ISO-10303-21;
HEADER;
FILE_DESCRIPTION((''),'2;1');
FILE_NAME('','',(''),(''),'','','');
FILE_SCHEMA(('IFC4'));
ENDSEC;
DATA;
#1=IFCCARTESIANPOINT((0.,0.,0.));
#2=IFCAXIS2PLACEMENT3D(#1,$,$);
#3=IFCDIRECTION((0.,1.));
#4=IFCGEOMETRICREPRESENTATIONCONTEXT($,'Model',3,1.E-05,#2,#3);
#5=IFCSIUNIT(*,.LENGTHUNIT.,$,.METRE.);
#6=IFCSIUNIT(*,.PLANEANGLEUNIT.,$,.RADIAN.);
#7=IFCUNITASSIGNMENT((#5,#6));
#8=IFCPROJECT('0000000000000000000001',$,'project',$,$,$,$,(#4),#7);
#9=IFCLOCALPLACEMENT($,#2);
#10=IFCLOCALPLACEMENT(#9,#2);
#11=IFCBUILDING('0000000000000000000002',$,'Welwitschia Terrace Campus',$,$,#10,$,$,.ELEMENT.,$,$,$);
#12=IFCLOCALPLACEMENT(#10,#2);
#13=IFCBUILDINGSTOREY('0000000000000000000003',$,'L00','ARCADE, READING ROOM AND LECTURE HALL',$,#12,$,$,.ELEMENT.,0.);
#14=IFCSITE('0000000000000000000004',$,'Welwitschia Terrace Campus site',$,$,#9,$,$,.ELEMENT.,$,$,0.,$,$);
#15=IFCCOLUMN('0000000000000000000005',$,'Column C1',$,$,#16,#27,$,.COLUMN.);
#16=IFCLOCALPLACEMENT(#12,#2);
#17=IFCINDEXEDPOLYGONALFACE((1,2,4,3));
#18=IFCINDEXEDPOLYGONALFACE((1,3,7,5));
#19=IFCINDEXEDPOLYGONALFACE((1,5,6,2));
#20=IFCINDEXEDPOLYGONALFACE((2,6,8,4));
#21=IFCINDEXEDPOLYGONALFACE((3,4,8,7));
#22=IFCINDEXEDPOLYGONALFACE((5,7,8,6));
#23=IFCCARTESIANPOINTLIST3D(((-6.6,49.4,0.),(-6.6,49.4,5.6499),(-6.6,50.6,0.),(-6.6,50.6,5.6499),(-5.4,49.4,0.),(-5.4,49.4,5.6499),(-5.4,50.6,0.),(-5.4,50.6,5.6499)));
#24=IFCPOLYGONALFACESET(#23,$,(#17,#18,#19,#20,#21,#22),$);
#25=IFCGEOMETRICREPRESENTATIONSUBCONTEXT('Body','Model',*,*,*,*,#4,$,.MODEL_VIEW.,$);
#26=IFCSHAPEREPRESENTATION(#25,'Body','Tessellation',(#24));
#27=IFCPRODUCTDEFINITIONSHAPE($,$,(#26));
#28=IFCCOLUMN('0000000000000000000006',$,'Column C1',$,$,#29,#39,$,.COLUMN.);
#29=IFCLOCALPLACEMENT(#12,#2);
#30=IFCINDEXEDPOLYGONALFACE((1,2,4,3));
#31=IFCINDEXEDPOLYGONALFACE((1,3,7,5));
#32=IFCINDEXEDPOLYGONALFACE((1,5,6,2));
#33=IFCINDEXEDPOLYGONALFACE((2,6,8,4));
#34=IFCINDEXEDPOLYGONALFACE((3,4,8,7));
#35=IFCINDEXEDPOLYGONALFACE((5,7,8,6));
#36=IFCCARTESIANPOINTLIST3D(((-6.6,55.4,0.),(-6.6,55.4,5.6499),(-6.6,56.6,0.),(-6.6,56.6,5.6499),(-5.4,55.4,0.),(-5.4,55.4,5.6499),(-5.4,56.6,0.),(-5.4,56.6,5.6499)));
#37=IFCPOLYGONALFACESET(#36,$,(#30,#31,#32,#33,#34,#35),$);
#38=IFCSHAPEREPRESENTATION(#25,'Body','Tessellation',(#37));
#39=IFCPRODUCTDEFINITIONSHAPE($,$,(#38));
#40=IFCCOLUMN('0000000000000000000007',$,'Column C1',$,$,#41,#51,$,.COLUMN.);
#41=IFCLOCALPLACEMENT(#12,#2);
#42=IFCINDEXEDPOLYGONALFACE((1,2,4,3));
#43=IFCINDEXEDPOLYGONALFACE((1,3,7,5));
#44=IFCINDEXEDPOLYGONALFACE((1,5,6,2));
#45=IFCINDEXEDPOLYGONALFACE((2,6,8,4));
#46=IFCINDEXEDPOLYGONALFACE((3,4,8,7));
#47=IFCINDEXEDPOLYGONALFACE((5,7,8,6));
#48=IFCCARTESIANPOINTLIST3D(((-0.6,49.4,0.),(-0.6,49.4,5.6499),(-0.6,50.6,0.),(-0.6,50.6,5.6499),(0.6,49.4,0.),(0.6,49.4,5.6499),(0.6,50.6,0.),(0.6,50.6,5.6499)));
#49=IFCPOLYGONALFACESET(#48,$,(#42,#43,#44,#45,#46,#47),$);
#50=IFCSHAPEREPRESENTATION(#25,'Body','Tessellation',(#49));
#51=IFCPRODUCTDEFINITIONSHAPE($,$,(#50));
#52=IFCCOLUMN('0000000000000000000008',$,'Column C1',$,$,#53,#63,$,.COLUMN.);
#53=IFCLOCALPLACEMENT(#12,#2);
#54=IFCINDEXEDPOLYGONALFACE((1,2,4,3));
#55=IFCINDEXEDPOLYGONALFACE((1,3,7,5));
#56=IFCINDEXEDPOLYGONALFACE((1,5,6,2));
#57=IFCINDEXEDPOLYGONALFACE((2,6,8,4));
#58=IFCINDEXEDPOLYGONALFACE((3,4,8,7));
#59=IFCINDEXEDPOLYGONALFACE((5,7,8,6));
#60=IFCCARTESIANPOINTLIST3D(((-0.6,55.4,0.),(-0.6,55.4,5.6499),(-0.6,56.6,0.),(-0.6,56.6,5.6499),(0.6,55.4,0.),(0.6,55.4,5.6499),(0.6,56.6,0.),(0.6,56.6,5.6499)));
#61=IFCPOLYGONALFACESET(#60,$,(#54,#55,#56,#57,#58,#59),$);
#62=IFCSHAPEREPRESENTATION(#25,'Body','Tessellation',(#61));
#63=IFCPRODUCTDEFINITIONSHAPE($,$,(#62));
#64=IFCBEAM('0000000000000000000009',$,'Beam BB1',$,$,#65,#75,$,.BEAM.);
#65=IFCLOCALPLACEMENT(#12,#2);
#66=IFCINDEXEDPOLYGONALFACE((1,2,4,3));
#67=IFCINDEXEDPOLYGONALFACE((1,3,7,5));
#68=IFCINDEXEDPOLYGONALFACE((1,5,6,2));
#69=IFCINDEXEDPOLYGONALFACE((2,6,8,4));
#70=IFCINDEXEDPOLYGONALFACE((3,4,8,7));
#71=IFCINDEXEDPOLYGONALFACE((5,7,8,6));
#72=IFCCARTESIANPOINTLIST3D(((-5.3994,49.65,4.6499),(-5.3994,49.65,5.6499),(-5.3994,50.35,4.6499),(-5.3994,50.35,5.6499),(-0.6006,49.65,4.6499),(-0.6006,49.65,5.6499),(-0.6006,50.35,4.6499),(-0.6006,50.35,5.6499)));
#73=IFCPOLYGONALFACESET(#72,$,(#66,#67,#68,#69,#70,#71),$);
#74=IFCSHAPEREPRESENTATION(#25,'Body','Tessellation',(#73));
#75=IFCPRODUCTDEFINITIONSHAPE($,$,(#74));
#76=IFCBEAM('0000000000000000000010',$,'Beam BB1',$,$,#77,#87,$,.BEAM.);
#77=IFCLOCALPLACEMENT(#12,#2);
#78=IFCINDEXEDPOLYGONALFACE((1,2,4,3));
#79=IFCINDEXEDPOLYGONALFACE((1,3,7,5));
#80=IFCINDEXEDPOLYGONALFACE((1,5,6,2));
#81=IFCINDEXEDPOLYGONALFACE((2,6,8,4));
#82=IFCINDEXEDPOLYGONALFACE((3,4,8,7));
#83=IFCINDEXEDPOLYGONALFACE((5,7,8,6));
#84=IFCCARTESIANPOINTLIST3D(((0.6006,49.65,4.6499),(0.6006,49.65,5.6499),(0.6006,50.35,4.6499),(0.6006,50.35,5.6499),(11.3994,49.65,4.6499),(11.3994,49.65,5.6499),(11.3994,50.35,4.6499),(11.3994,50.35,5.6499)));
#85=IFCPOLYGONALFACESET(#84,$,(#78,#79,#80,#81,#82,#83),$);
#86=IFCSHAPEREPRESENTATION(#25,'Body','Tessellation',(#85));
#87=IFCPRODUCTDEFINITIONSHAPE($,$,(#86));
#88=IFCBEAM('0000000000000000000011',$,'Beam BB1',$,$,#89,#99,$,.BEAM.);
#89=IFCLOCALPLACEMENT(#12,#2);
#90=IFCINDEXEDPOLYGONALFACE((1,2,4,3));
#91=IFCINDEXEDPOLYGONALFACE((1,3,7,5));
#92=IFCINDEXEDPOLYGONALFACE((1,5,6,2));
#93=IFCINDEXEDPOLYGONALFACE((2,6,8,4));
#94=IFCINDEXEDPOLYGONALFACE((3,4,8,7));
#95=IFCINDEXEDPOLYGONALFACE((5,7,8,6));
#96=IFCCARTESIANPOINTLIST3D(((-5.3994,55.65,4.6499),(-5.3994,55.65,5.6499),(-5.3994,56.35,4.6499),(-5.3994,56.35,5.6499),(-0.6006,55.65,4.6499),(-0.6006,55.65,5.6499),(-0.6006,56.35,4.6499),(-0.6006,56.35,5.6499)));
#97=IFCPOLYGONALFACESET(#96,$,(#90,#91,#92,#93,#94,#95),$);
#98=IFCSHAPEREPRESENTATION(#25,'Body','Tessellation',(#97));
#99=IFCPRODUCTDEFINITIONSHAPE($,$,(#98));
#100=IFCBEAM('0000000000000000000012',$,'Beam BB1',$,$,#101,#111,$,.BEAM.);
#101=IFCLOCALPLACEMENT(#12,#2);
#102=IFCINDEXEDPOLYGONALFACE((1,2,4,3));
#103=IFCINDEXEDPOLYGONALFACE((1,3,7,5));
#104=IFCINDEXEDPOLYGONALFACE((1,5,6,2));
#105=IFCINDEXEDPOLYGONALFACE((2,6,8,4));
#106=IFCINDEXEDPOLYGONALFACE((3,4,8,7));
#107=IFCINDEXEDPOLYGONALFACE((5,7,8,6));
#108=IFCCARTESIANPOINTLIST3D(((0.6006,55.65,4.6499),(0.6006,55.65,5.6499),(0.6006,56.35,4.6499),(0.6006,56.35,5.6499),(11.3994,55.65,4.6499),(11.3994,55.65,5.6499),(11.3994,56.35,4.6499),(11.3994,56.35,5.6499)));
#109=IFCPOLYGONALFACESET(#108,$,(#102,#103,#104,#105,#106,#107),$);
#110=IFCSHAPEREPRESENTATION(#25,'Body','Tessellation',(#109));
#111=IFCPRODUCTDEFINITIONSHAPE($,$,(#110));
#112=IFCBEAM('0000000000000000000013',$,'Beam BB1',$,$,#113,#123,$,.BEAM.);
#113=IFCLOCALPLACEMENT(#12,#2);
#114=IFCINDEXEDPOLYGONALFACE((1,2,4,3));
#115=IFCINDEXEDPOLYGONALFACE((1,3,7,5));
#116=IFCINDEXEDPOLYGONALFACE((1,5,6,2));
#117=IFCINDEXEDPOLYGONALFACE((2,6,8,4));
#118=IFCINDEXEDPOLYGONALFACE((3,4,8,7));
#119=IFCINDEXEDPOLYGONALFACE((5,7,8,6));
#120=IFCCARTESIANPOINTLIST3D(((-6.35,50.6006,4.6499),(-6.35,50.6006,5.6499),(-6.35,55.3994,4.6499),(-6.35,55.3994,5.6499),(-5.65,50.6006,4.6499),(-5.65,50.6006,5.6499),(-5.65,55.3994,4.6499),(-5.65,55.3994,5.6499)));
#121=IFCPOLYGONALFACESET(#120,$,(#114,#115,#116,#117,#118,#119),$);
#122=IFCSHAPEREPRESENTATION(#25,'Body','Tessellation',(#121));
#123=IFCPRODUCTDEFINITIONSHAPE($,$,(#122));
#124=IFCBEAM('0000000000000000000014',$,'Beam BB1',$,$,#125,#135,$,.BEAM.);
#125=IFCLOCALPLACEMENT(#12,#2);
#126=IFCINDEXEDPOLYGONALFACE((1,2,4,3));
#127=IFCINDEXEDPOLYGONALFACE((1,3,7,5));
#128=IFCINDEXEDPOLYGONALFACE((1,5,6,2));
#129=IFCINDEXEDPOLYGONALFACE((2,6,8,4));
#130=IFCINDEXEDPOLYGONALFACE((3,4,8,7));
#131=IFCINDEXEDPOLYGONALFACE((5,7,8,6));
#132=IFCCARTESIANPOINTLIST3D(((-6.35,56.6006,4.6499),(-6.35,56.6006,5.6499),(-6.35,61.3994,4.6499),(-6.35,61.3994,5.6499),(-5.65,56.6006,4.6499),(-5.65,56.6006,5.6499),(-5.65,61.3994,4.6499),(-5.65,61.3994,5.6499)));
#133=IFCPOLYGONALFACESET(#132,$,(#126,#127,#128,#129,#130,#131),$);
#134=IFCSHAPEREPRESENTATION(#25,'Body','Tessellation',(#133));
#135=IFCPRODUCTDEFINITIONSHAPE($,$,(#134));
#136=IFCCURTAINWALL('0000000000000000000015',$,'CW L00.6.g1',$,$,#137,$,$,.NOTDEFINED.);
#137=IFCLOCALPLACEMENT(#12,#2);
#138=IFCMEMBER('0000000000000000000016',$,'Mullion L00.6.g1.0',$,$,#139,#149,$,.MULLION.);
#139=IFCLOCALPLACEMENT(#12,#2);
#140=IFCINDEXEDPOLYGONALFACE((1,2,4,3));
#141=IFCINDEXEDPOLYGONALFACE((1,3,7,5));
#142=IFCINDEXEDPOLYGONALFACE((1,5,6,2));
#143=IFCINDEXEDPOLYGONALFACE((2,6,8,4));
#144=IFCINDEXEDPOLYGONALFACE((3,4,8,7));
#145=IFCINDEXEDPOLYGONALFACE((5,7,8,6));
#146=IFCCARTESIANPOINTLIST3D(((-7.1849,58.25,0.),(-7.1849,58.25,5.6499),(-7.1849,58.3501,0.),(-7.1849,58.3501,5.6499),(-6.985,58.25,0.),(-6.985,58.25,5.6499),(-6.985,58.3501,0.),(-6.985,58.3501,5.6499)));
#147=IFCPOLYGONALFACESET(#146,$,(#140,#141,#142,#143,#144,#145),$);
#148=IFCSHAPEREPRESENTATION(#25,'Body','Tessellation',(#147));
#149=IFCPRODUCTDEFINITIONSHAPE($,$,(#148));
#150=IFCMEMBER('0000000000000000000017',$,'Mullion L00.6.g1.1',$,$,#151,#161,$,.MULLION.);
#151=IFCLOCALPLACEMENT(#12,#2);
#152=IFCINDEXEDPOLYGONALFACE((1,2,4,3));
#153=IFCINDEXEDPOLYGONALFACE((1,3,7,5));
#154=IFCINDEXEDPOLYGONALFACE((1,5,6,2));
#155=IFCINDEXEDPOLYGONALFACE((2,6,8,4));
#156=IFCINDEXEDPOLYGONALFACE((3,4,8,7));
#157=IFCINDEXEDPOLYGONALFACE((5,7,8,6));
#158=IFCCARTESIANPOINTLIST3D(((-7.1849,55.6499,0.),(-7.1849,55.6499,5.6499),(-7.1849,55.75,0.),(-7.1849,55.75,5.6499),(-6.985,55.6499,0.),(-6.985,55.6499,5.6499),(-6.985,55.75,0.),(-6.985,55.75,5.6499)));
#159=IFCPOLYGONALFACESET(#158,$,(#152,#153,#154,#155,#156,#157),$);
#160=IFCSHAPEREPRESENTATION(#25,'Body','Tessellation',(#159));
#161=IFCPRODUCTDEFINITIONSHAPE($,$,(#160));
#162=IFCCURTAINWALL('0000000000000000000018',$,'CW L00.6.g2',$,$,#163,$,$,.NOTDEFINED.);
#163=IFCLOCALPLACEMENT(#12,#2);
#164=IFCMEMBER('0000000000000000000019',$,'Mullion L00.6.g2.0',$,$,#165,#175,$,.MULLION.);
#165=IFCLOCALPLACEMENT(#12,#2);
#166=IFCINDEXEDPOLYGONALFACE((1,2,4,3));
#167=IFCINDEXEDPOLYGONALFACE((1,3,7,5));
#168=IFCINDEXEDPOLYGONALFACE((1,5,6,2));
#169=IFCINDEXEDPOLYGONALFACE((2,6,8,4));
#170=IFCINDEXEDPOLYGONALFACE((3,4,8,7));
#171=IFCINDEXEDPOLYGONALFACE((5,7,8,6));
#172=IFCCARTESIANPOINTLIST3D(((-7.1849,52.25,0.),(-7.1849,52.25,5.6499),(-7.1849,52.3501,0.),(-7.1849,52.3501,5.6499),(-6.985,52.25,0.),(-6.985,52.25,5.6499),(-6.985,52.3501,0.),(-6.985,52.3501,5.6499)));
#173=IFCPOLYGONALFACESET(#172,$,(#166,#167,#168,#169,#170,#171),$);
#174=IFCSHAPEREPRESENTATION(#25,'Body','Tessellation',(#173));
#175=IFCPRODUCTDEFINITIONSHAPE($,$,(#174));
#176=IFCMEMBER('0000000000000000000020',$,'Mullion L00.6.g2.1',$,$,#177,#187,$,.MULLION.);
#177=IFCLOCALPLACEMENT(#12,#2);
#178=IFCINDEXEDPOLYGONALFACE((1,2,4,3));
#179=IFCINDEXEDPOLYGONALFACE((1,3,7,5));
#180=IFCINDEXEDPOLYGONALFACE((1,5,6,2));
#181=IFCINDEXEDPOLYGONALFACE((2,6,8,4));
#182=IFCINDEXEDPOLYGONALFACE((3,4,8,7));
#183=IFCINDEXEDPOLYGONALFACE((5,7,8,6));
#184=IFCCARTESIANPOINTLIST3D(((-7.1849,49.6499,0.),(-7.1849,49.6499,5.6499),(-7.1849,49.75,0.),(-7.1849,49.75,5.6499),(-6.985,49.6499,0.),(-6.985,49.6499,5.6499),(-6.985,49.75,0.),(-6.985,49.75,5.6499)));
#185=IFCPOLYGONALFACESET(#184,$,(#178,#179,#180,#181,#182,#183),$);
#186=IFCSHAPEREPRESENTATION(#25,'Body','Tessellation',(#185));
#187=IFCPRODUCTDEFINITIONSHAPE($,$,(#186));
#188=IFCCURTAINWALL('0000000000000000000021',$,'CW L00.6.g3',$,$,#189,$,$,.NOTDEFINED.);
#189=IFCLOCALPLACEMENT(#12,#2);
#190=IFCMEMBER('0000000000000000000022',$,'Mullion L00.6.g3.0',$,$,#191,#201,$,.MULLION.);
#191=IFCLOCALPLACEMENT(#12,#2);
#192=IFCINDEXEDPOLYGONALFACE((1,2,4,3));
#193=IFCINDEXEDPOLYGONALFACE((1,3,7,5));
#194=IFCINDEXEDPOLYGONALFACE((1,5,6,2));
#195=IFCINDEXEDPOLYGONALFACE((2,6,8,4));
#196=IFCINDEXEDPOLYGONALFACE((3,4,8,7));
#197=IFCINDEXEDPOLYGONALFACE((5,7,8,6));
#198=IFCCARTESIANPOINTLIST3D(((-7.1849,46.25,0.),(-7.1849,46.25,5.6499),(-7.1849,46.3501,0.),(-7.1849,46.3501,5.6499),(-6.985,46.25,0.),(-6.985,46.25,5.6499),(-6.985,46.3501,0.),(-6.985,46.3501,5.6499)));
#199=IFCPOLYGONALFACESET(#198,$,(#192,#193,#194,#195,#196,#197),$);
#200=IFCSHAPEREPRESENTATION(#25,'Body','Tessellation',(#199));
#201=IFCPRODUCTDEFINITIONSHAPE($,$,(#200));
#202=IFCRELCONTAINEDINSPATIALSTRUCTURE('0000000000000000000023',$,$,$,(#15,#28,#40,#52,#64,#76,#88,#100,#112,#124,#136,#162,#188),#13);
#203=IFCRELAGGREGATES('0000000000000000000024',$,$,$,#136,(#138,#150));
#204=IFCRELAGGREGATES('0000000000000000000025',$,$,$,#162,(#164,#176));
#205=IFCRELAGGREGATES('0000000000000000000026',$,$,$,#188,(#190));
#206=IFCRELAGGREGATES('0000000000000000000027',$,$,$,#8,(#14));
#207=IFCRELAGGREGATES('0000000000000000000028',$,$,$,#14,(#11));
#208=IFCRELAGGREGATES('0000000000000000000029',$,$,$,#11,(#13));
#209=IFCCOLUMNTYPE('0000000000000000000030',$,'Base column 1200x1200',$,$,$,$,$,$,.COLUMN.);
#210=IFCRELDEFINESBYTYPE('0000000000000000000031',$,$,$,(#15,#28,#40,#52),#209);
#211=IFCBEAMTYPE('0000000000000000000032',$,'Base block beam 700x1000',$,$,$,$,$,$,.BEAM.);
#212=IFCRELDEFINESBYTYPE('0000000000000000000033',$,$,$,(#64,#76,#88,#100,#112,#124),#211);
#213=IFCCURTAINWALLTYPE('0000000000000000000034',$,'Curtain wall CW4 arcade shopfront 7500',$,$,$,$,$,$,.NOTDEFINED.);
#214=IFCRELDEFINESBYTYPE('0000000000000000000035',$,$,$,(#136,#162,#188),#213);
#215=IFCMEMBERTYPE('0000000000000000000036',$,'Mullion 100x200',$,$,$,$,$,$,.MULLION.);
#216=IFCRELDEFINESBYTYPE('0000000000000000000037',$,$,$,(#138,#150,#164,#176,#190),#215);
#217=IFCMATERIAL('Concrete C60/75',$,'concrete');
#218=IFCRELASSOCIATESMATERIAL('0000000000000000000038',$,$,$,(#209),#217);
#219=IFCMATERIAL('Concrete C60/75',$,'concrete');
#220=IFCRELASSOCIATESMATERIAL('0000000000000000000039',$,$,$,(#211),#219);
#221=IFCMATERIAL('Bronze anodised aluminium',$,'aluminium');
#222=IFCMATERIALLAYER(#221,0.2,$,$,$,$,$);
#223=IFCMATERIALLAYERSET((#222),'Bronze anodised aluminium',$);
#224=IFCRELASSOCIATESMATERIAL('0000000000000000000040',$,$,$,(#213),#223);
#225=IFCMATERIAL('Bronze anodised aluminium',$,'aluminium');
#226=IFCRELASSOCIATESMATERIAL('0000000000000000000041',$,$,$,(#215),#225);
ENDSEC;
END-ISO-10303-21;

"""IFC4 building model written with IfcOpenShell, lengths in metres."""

from ifc_helpers import new_model, si_unit, direction, frame, origin, origin_2d, place, context, subcontext, project, spatial, rectangle, extrude, material, layer, layer_set, material_profile, profile_set, type_object, element, aggregate, save


model = new_model("IFC4")

# Units and contexts
model_context = context("Model", 3, precision=1e-05, world=origin(), true_north=direction((0.0, 1.0)))
body_context = subcontext(model_context, "Body", "Model", "MODEL_VIEW")
ifc_project = project(units=[si_unit("LENGTHUNIT", "METRE"), si_unit("PLANEANGLEUNIT", "RADIAN")], contexts=[model_context])

# Site, building, storey
site_placement = place(None, origin())
site = spatial("IfcSite", under=ifc_project, at=site_placement, Name="Welwitschia Terrace Campus site", CompositionType="ELEMENT", RefElevation=0.0)
building_placement = place(site_placement, origin())
building = spatial("IfcBuilding", under=site, at=building_placement, Name="Welwitschia Terrace Campus", CompositionType="ELEMENT")
storey_placement = place(building_placement, origin())
storey = spatial("IfcBuildingStorey", under=building, at=storey_placement, Name="L00", Description="ARCADE, READING ROOM AND LECTURE HALL", CompositionType="ELEMENT", Elevation=0.0)

# Columns
ifc_material_1 = material(Name="Concrete C60/75", Category="concrete")
ifc_material_profile_1 = material_profile(ifc_material_1, rectangle(XDim=1.2, YDim=1.2, at=origin_2d()))
ifc_profile_set_1 = profile_set([ifc_material_profile_1], Name="Concrete C60/75")
column_type = type_object("IfcColumnType", Name="Base column 1200x1200", PredefinedType="COLUMN", material=ifc_profile_set_1)
for number, where, z_axis, x_axis, name in (
    (1, (-6.0, 50.0, 0.0), (0.0, 0.0, 1.0), (1.0, 0.0, 0.0), "Column C1"),
    (2, (-6.0, 56.0, 0.0), (0.0, 0.0, 1.0), (1.0, 0.0, 0.0), "Column C1"),
    (3, (0.0, 50.0, 0.0), (0.0, 0.0, 1.0), (1.0, 0.0, 0.0), "Column C1"),
    (4, (0.0, 56.0, 0.0), (0.0, 0.0, 1.0), (1.0, 0.0, 0.0), "Column C1"),
):
    element("IfcColumn", number, at=place(storey_placement, frame(where, z_axis=z_axis, x_axis=x_axis)), inside=storey, type_object=column_type, Name=name, PredefinedType="COLUMN", context=body_context, shape_type="SweptSolid", body=[
        extrude(rectangle(XDim=1.2, YDim=1.2, at=origin_2d()), origin(), (0.0, 0.0, 1.0), 5.6499),
    ])

# Beams
ifc_material_2 = material(Name="Concrete C60/75", Category="concrete")
ifc_material_profile_2 = material_profile(ifc_material_2, rectangle(XDim=0.7, YDim=1.0, at=origin_2d()))
ifc_profile_set_2 = profile_set([ifc_material_profile_2], Name="Concrete C60/75")
beam_type = type_object("IfcBeamType", Name="Base block beam 700x1000", PredefinedType="BEAM", material=ifc_profile_set_2)
beam_1_placement = place(storey_placement, frame((-5.3994, 50.0, 5.1499), z_axis=(1.0, 0.0, 0.0), x_axis=(0.0, 1.0, 0.0)))
element("IfcBeam", 5, at=beam_1_placement, inside=storey, type_object=beam_type, Name="Beam BB1", PredefinedType="BEAM", context=body_context, shape_type="SweptSolid", body=[
    extrude(rectangle(XDim=0.7, YDim=1.0, at=origin_2d()), origin(), (0.0, 0.0, 1.0), 4.7988),
])
beam_2_placement = place(storey_placement, frame((0.6006, 50.0, 5.1499), z_axis=(1.0, 0.0, 0.0), x_axis=(0.0, 1.0, 0.0)))
element("IfcBeam", 6, at=beam_2_placement, inside=storey, type_object=beam_type, Name="Beam BB1", PredefinedType="BEAM", context=body_context, shape_type="SweptSolid", body=[
    extrude(rectangle(XDim=0.7, YDim=1.0, at=origin_2d()), origin(), (0.0, 0.0, 1.0), 10.7988),
])
beam_3_placement = place(storey_placement, frame((-5.3994, 56.0, 5.1499), z_axis=(1.0, 0.0, 0.0), x_axis=(0.0, 1.0, 0.0)))
element("IfcBeam", 7, at=beam_3_placement, inside=storey, type_object=beam_type, Name="Beam BB1", PredefinedType="BEAM", context=body_context, shape_type="SweptSolid", body=[
    extrude(rectangle(XDim=0.7, YDim=1.0, at=origin_2d()), origin(), (0.0, 0.0, 1.0), 4.7988),
])
beam_4_placement = place(storey_placement, frame((0.6006, 56.0, 5.1499), z_axis=(1.0, 0.0, 0.0), x_axis=(0.0, 1.0, 0.0)))
element("IfcBeam", 8, at=beam_4_placement, inside=storey, type_object=beam_type, Name="Beam BB1", PredefinedType="BEAM", context=body_context, shape_type="SweptSolid", body=[
    extrude(rectangle(XDim=0.7, YDim=1.0, at=origin_2d()), origin(), (0.0, 0.0, 1.0), 10.7988),
])
for number, where, z_axis, x_axis, name in (
    (9, (-6.0, 50.6006, 5.1499), (0.0, 1.0, 0.0), (-1.0, 0.0, 0.0), "Beam BB1"),
    (10, (-6.0, 56.6006, 5.1499), (0.0, 1.0, 0.0), (-1.0, 0.0, 0.0), "Beam BB1"),
):
    element("IfcBeam", number, at=place(storey_placement, frame(where, z_axis=z_axis, x_axis=x_axis)), inside=storey, type_object=beam_type, Name=name, PredefinedType="BEAM", context=body_context, shape_type="SweptSolid", body=[
        extrude(rectangle(XDim=0.7, YDim=1.0, at=origin_2d()), origin(), (0.0, 0.0, 1.0), 4.7988),
    ])

# Curtain walls, members
ifc_material_3 = material(Name="Bronze anodised aluminium", Category="aluminium")
ifc_layer_1 = layer(ifc_material_3, 0.2)
ifc_layer_set_1 = layer_set([ifc_layer_1], Name="Bronze anodised aluminium")
curtain_wall_type = type_object("IfcCurtainWallType", Name="Curtain wall CW4 arcade shopfront 7500", PredefinedType="NOTDEFINED", material=ifc_layer_set_1)
curtain_wall_1_placement = place(storey_placement, origin())
curtain_wall_1 = element("IfcCurtainWall", 11, at=curtain_wall_1_placement, inside=storey, type_object=curtain_wall_type, Name="CW L00.6.g1", PredefinedType="NOTDEFINED")
ifc_material_4 = material(Name="Bronze anodised aluminium", Category="aluminium")
ifc_material_profile_3 = material_profile(ifc_material_4, rectangle(XDim=0.2, YDim=0.1001, at=origin_2d()))
ifc_profile_set_3 = profile_set([ifc_material_profile_3], Name="Bronze anodised aluminium")
member_type_1 = type_object("IfcMemberType", Name="Mullion 100x200", PredefinedType="MULLION", material=ifc_profile_set_3)
member_1_placement = place(storey_placement, frame((-7.085, 58.3, 0.0), z_axis=(0.0, 0.0, 1.0), x_axis=(1.0, 0.0, 0.0)))
member_1 = element("IfcMember", 12, at=member_1_placement, type_object=member_type_1, Name="Mullion L00.6.g1.0", PredefinedType="MULLION", context=body_context, shape_type="SweptSolid", body=[
    extrude(rectangle(XDim=0.2, YDim=0.1001, at=origin_2d()), origin(), (0.0, 0.0, 1.0), 5.6499),
])
member_2_placement = place(storey_placement, frame((-7.085, 55.7, 0.0), z_axis=(0.0, 0.0, 1.0), x_axis=(1.0, 0.0, 0.0)))
member_2 = element("IfcMember", 13, at=member_2_placement, type_object=member_type_1, Name="Mullion L00.6.g1.1", PredefinedType="MULLION", context=body_context, shape_type="SweptSolid", body=[
    extrude(rectangle(XDim=0.2, YDim=0.1001, at=origin_2d()), origin(), (0.0, 0.0, 1.0), 5.6499),
])
curtain_wall_2_placement = place(storey_placement, origin())
curtain_wall_2 = element("IfcCurtainWall", 14, at=curtain_wall_2_placement, inside=storey, type_object=curtain_wall_type, Name="CW L00.6.g2", PredefinedType="NOTDEFINED")
member_3_placement = place(storey_placement, frame((-7.085, 52.3, 0.0), z_axis=(0.0, 0.0, 1.0), x_axis=(1.0, 0.0, 0.0)))
member_3 = element("IfcMember", 15, at=member_3_placement, type_object=member_type_1, Name="Mullion L00.6.g2.0", PredefinedType="MULLION", context=body_context, shape_type="SweptSolid", body=[
    extrude(rectangle(XDim=0.2, YDim=0.1001, at=origin_2d()), origin(), (0.0, 0.0, 1.0), 5.6499),
])
member_4_placement = place(storey_placement, frame((-7.085, 49.7, 0.0), z_axis=(0.0, 0.0, 1.0), x_axis=(1.0, 0.0, 0.0)))
member_4 = element("IfcMember", 16, at=member_4_placement, type_object=member_type_1, Name="Mullion L00.6.g2.1", PredefinedType="MULLION", context=body_context, shape_type="SweptSolid", body=[
    extrude(rectangle(XDim=0.2, YDim=0.1001, at=origin_2d()), origin(), (0.0, 0.0, 1.0), 5.6499),
])

# Curtain wall, member
curtain_wall_3_placement = place(storey_placement, origin())
curtain_wall_3 = element("IfcCurtainWall", 17, at=curtain_wall_3_placement, inside=storey, type_object=curtain_wall_type, Name="CW L00.6.g3", PredefinedType="NOTDEFINED")
member_5_placement = place(storey_placement, frame((-7.085, 46.3, 0.0), z_axis=(0.0, 0.0, 1.0), x_axis=(1.0, 0.0, 0.0)))
member_5 = element("IfcMember", 18, at=member_5_placement, type_object=member_type_1, Name="Mullion L00.6.g3.0", PredefinedType="MULLION", context=body_context, shape_type="SweptSolid", body=[
    extrude(rectangle(XDim=0.2, YDim=0.1001, at=origin_2d()), origin(), (0.0, 0.0, 1.0), 5.6499),
])

aggregate(curtain_wall_1, [member_1, member_2])
aggregate(curtain_wall_2, [member_3, member_4])
aggregate(curtain_wall_3, [member_5])

save(model, "model.ifc")
